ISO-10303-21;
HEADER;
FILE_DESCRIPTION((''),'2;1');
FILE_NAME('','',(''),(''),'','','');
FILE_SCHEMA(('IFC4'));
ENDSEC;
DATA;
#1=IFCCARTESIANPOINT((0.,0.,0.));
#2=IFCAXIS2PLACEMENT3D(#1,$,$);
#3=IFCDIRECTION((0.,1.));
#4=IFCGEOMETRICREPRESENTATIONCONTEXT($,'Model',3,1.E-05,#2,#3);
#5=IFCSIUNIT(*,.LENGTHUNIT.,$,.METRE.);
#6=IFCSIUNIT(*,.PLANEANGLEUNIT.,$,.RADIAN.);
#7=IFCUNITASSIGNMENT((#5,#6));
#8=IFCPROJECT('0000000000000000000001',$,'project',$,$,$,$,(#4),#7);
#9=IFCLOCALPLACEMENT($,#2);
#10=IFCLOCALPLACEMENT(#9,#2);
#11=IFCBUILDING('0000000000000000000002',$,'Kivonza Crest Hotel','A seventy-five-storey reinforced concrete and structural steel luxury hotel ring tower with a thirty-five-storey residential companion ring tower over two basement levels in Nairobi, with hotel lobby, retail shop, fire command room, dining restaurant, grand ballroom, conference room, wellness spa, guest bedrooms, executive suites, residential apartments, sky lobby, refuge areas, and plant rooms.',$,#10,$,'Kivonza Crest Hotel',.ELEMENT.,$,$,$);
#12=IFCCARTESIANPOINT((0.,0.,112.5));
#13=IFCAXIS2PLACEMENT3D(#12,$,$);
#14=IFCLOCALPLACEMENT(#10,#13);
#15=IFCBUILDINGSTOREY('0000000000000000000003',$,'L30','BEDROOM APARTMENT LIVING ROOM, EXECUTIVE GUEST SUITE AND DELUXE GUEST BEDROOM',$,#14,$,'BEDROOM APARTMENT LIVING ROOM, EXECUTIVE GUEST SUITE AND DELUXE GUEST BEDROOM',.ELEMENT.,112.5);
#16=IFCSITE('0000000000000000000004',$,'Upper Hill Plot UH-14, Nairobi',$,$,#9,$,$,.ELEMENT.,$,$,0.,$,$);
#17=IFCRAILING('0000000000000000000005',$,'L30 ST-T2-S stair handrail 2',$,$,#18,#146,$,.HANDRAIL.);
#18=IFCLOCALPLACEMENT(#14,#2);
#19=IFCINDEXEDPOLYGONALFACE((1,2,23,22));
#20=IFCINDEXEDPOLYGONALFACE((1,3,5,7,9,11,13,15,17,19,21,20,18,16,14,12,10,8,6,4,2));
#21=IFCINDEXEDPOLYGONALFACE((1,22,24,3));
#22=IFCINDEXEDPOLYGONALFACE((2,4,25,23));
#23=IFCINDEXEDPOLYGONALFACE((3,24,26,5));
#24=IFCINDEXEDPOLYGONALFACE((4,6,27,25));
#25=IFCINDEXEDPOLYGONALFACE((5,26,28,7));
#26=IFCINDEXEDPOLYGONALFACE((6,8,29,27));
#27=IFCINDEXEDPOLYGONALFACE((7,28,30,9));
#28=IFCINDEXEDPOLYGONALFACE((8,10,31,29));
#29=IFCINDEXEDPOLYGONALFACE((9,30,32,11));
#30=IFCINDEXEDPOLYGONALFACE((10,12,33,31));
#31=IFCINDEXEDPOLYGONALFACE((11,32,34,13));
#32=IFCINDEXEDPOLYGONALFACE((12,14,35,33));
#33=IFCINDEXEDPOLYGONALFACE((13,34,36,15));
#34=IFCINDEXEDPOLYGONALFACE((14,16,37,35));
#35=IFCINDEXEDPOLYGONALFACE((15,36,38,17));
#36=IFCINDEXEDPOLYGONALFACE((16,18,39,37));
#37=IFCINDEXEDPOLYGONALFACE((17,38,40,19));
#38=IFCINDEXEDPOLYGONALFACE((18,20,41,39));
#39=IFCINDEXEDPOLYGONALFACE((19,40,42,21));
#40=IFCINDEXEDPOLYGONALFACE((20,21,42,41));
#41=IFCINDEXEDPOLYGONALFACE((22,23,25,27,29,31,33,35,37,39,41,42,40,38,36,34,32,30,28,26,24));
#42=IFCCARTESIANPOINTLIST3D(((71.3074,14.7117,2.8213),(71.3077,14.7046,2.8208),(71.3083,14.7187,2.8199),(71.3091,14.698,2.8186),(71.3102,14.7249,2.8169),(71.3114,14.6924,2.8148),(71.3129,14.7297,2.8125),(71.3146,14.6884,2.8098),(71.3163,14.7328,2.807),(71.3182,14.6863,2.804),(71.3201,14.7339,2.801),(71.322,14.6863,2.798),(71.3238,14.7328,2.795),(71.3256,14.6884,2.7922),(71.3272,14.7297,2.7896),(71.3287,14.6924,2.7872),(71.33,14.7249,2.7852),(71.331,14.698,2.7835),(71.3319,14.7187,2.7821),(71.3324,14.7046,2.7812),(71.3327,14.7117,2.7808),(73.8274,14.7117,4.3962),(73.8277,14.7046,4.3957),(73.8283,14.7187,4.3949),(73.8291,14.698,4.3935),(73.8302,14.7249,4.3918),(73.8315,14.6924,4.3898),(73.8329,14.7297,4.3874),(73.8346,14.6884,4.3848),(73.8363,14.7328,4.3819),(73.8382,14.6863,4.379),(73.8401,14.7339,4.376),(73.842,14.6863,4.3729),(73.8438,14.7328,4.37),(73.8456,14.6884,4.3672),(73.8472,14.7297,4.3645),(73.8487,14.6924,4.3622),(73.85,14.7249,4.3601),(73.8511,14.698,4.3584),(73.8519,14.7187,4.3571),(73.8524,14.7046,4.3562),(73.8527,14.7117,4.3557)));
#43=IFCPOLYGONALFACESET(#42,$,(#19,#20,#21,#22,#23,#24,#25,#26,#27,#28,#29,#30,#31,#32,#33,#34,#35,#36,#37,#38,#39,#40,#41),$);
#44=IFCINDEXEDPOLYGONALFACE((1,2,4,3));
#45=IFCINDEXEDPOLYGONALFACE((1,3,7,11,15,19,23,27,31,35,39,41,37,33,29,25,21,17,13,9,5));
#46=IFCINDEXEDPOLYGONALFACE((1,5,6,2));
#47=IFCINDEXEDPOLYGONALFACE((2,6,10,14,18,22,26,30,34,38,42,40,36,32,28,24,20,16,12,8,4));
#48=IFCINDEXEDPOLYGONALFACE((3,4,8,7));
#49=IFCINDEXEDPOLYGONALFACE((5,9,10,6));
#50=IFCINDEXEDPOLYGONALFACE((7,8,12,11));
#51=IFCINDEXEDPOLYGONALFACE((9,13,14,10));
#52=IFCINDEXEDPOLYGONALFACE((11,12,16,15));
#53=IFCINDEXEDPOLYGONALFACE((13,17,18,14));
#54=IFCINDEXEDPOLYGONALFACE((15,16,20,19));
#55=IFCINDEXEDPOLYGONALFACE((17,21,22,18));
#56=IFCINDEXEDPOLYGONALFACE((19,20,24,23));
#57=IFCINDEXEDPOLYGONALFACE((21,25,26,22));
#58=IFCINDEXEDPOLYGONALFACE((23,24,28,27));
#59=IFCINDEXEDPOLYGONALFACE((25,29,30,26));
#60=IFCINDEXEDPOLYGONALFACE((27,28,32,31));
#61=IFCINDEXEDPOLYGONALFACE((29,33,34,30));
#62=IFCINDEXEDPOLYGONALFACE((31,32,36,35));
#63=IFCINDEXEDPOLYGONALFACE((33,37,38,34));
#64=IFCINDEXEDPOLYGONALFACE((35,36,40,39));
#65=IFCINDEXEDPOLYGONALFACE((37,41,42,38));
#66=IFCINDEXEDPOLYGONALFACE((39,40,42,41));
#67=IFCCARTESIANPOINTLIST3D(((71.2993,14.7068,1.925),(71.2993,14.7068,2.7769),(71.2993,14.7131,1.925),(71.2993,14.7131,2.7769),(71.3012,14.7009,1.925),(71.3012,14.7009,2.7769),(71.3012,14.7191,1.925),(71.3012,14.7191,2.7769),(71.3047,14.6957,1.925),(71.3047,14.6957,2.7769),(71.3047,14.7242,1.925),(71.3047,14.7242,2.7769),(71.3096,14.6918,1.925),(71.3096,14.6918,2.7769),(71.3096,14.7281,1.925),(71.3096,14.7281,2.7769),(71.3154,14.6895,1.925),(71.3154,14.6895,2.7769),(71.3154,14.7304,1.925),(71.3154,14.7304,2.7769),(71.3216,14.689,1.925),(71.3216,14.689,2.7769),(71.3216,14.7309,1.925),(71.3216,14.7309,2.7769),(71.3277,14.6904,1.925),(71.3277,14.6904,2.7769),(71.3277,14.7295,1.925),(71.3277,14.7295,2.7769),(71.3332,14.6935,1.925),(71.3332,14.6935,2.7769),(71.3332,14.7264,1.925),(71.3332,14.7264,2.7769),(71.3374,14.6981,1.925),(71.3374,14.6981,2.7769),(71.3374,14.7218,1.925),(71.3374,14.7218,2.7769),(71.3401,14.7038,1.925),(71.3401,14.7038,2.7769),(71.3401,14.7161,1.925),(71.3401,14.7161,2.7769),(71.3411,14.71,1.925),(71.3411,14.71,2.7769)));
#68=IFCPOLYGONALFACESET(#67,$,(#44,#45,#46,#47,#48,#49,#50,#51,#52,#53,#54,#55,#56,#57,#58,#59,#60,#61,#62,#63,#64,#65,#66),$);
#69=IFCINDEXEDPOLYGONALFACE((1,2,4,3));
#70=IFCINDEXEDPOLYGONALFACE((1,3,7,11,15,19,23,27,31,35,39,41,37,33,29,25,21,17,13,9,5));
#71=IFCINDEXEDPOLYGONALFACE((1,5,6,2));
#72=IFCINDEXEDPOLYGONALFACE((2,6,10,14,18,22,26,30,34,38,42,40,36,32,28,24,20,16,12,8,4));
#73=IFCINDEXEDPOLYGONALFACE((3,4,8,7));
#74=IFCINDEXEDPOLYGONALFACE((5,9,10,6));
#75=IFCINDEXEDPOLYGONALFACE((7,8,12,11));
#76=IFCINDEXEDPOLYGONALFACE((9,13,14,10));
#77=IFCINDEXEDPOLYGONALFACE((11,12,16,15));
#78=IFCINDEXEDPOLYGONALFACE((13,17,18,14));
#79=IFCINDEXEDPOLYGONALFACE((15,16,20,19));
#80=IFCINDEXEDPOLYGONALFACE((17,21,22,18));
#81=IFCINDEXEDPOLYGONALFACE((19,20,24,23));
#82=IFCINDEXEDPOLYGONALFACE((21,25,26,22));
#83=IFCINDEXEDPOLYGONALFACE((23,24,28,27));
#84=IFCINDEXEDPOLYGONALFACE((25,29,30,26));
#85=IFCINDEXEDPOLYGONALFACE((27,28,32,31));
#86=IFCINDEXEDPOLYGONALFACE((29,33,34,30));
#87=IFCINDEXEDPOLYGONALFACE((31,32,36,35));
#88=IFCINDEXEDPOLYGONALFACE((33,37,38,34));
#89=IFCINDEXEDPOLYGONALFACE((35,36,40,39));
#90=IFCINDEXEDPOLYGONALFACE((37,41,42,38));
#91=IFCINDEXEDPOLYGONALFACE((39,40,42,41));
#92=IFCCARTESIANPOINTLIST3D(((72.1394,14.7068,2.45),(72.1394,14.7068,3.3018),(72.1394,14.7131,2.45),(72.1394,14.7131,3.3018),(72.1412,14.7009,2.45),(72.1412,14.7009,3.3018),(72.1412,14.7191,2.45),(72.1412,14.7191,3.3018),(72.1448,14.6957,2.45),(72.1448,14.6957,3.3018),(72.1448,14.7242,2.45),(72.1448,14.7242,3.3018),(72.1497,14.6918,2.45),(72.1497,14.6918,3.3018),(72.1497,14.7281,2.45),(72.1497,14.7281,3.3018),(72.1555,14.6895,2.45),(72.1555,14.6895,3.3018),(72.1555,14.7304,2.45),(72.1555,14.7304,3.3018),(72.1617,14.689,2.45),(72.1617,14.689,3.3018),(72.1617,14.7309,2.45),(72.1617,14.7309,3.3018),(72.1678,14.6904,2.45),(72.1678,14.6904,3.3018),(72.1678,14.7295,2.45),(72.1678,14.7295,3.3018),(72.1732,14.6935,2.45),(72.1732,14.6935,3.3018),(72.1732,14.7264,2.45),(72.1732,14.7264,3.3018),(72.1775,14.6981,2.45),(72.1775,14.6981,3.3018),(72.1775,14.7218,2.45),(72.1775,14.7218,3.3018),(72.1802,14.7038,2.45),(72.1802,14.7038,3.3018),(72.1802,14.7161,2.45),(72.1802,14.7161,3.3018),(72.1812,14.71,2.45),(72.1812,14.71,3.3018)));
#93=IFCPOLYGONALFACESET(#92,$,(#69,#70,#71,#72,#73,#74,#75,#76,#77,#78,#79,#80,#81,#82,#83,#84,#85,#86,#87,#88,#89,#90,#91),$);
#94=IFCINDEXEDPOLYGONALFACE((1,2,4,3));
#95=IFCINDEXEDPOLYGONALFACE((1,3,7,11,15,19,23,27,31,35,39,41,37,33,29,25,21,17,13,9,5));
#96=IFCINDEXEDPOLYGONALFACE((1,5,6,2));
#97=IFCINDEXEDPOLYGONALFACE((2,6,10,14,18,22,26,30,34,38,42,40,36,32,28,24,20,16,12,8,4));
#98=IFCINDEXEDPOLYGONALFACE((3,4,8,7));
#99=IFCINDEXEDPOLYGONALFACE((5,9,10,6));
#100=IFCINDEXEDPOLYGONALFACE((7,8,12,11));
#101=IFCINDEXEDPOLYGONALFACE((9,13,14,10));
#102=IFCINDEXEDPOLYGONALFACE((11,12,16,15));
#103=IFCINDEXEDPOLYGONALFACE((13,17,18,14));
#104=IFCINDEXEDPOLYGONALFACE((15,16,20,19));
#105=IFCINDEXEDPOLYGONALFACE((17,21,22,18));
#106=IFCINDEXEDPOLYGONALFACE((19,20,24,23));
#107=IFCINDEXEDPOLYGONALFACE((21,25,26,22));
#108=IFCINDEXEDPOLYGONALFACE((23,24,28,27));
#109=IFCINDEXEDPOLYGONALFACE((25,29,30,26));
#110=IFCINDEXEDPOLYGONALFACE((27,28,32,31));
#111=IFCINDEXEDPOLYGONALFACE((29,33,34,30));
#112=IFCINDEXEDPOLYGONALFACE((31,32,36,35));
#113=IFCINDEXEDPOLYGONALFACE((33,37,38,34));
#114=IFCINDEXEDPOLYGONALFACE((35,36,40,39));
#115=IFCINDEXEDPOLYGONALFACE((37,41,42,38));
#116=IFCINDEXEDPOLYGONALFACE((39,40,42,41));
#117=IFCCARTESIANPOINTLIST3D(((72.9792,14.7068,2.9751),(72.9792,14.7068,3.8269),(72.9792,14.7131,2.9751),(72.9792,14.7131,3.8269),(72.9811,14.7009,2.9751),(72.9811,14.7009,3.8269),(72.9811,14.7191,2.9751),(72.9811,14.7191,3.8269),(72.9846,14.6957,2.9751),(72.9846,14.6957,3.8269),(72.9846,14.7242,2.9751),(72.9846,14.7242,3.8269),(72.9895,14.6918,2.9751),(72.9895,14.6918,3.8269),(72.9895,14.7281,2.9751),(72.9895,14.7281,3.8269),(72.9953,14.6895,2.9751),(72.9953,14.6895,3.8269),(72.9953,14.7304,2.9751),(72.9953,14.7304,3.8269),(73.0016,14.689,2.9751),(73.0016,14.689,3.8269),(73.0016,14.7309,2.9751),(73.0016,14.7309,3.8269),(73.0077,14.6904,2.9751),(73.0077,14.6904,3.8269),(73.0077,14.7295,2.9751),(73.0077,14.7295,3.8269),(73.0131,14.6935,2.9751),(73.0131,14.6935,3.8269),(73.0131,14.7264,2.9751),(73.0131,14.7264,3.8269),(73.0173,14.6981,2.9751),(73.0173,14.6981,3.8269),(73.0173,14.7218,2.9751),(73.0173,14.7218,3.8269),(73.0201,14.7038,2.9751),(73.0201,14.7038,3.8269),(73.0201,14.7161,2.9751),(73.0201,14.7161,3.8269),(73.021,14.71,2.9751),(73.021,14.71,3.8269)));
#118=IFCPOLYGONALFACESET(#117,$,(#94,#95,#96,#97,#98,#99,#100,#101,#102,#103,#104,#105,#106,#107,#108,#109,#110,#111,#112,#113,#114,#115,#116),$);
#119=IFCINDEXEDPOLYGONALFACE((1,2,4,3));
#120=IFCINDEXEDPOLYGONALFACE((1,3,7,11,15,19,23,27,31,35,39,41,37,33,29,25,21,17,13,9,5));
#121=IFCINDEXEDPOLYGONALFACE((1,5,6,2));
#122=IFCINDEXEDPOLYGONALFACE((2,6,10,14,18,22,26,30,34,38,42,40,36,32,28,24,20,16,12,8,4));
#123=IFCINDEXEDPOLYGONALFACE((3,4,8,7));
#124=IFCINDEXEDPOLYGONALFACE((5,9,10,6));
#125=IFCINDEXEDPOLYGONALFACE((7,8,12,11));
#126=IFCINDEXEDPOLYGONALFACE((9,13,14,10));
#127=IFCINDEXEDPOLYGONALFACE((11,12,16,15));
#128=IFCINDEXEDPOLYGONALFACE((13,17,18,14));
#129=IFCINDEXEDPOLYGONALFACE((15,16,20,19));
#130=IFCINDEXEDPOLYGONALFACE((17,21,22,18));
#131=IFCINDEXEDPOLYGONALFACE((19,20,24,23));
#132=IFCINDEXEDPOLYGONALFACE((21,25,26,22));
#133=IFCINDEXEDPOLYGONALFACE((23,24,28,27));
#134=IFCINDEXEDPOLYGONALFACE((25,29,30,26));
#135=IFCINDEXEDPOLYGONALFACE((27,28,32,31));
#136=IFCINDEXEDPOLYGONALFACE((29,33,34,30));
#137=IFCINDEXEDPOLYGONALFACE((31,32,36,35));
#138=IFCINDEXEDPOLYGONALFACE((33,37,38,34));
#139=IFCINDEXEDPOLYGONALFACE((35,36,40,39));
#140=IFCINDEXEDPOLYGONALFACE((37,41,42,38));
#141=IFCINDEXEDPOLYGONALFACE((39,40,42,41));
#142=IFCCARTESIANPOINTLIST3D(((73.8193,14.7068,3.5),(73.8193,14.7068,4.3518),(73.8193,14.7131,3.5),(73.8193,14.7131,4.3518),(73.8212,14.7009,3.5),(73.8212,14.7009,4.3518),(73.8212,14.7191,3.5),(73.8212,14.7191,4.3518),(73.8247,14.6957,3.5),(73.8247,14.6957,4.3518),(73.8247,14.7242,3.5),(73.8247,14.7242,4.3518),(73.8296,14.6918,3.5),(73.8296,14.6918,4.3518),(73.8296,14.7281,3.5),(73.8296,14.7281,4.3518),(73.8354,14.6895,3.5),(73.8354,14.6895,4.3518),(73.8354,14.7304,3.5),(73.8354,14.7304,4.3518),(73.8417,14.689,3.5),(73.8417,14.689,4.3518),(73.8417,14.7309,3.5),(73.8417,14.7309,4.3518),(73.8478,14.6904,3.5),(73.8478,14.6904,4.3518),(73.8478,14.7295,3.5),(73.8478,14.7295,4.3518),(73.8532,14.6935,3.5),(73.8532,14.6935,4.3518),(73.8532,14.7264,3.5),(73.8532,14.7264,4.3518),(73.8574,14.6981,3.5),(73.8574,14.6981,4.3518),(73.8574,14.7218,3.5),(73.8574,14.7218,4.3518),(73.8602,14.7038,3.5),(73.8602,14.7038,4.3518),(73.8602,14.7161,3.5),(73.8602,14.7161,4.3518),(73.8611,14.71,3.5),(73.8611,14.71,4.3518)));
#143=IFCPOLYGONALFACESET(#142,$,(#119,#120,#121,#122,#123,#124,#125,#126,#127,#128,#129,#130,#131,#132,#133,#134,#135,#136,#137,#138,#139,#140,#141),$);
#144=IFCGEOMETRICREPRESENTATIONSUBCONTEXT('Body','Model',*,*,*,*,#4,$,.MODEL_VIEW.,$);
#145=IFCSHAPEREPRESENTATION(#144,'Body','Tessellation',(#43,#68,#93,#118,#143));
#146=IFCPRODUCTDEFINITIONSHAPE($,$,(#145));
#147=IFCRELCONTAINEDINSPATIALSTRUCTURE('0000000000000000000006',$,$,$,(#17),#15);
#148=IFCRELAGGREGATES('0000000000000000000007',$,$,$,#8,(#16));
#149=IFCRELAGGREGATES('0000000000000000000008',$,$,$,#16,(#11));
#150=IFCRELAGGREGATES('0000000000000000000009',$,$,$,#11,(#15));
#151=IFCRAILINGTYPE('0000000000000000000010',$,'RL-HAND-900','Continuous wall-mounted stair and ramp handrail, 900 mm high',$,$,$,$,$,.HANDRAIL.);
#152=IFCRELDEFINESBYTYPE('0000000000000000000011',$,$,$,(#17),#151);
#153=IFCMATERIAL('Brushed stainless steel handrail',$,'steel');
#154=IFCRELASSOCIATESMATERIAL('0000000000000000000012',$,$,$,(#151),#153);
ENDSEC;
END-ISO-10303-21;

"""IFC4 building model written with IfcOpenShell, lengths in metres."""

from ifc_helpers import new_model, si_unit, direction, frame, origin, origin_2d, place, context, subcontext, project, spatial, circle, extrude, material, type_object, element, save


model = new_model("IFC4")

# Units and contexts
model_context = context("Model", 3, precision=1e-05, world=origin(), true_north=direction((0.0, 1.0)))
body_context = subcontext(model_context, "Body", "Model", "MODEL_VIEW")
ifc_project = project(units=[si_unit("LENGTHUNIT", "METRE"), si_unit("PLANEANGLEUNIT", "RADIAN")], contexts=[model_context])

# Site, building, storey
site_placement = place(None, origin())
site = spatial("IfcSite", under=ifc_project, at=site_placement, Name="Upper Hill Plot UH-14, Nairobi", CompositionType="ELEMENT", RefElevation=0.0)
building_placement = place(site_placement, origin())
building = spatial("IfcBuilding", under=site, at=building_placement, Name="Kivonza Crest Hotel", Description="A seventy-five-storey reinforced concrete and structural steel luxury hotel ring tower with a thirty-five-storey residential companion ring tower over two basement levels in Nairobi, with hotel lobby, retail shop, fire command room, dining restaurant, grand ballroom, conference room, wellness spa, guest bedrooms, executive suites, residential apartments, sky lobby, refuge areas, and plant rooms.", LongName="Kivonza Crest Hotel", CompositionType="ELEMENT")
storey_placement = place(building_placement, frame((0.0, 0.0, 112.5)))
storey = spatial("IfcBuildingStorey", under=building, at=storey_placement, Name="L30", Description="BEDROOM APARTMENT LIVING ROOM, EXECUTIVE GUEST SUITE AND DELUXE GUEST BEDROOM", LongName="BEDROOM APARTMENT LIVING ROOM, EXECUTIVE GUEST SUITE AND DELUXE GUEST BEDROOM", CompositionType="ELEMENT", Elevation=112.5)

# Railing
ifc_material_1 = material(Name="Brushed stainless steel handrail", Category="steel")
railing_type_1 = type_object("IfcRailingType", Name="RL-HAND-900", Description="Continuous wall-mounted stair and ramp handrail, 900 mm high", PredefinedType="HANDRAIL", material=ifc_material_1)
railing_1_placement = place(storey_placement, frame((71.3201, 14.71, 1.925)))
element("IfcRailing", 1, at=railing_1_placement, inside=storey, type_object=railing_type_1, Name="L30 ST-T2-S stair handrail 2", PredefinedType="HANDRAIL", context=body_context, shape_type="SweptSolid", body=[
    extrude(circle(Radius=0.0239, at=origin_2d()), frame((0.0, 0.0, 0.876), z_axis=(0.848008, 0.0, 0.529984), x_axis=(0.0, 1.0, 0.0)), (0.0, 0.0, 1.0), 2.9717),
    extrude(circle(Radius=0.021, at=origin_2d()), origin(), (0.0, 0.0, 1.0), 0.8518),
    extrude(circle(Radius=0.021, at=origin_2d()), frame((0.8401, 0.0, 0.5249)), (0.0, 0.0, 1.0), 0.8518),
    extrude(circle(Radius=0.021, at=origin_2d()), frame((1.6799, 0.0, 1.05)), (0.0, 0.0, 1.0), 0.8518),
    extrude(circle(Radius=0.021, at=origin_2d()), frame((2.52, 0.0, 1.575)), (0.0, 0.0, 1.0), 0.8518),
])

save(model, "model.ifc")
